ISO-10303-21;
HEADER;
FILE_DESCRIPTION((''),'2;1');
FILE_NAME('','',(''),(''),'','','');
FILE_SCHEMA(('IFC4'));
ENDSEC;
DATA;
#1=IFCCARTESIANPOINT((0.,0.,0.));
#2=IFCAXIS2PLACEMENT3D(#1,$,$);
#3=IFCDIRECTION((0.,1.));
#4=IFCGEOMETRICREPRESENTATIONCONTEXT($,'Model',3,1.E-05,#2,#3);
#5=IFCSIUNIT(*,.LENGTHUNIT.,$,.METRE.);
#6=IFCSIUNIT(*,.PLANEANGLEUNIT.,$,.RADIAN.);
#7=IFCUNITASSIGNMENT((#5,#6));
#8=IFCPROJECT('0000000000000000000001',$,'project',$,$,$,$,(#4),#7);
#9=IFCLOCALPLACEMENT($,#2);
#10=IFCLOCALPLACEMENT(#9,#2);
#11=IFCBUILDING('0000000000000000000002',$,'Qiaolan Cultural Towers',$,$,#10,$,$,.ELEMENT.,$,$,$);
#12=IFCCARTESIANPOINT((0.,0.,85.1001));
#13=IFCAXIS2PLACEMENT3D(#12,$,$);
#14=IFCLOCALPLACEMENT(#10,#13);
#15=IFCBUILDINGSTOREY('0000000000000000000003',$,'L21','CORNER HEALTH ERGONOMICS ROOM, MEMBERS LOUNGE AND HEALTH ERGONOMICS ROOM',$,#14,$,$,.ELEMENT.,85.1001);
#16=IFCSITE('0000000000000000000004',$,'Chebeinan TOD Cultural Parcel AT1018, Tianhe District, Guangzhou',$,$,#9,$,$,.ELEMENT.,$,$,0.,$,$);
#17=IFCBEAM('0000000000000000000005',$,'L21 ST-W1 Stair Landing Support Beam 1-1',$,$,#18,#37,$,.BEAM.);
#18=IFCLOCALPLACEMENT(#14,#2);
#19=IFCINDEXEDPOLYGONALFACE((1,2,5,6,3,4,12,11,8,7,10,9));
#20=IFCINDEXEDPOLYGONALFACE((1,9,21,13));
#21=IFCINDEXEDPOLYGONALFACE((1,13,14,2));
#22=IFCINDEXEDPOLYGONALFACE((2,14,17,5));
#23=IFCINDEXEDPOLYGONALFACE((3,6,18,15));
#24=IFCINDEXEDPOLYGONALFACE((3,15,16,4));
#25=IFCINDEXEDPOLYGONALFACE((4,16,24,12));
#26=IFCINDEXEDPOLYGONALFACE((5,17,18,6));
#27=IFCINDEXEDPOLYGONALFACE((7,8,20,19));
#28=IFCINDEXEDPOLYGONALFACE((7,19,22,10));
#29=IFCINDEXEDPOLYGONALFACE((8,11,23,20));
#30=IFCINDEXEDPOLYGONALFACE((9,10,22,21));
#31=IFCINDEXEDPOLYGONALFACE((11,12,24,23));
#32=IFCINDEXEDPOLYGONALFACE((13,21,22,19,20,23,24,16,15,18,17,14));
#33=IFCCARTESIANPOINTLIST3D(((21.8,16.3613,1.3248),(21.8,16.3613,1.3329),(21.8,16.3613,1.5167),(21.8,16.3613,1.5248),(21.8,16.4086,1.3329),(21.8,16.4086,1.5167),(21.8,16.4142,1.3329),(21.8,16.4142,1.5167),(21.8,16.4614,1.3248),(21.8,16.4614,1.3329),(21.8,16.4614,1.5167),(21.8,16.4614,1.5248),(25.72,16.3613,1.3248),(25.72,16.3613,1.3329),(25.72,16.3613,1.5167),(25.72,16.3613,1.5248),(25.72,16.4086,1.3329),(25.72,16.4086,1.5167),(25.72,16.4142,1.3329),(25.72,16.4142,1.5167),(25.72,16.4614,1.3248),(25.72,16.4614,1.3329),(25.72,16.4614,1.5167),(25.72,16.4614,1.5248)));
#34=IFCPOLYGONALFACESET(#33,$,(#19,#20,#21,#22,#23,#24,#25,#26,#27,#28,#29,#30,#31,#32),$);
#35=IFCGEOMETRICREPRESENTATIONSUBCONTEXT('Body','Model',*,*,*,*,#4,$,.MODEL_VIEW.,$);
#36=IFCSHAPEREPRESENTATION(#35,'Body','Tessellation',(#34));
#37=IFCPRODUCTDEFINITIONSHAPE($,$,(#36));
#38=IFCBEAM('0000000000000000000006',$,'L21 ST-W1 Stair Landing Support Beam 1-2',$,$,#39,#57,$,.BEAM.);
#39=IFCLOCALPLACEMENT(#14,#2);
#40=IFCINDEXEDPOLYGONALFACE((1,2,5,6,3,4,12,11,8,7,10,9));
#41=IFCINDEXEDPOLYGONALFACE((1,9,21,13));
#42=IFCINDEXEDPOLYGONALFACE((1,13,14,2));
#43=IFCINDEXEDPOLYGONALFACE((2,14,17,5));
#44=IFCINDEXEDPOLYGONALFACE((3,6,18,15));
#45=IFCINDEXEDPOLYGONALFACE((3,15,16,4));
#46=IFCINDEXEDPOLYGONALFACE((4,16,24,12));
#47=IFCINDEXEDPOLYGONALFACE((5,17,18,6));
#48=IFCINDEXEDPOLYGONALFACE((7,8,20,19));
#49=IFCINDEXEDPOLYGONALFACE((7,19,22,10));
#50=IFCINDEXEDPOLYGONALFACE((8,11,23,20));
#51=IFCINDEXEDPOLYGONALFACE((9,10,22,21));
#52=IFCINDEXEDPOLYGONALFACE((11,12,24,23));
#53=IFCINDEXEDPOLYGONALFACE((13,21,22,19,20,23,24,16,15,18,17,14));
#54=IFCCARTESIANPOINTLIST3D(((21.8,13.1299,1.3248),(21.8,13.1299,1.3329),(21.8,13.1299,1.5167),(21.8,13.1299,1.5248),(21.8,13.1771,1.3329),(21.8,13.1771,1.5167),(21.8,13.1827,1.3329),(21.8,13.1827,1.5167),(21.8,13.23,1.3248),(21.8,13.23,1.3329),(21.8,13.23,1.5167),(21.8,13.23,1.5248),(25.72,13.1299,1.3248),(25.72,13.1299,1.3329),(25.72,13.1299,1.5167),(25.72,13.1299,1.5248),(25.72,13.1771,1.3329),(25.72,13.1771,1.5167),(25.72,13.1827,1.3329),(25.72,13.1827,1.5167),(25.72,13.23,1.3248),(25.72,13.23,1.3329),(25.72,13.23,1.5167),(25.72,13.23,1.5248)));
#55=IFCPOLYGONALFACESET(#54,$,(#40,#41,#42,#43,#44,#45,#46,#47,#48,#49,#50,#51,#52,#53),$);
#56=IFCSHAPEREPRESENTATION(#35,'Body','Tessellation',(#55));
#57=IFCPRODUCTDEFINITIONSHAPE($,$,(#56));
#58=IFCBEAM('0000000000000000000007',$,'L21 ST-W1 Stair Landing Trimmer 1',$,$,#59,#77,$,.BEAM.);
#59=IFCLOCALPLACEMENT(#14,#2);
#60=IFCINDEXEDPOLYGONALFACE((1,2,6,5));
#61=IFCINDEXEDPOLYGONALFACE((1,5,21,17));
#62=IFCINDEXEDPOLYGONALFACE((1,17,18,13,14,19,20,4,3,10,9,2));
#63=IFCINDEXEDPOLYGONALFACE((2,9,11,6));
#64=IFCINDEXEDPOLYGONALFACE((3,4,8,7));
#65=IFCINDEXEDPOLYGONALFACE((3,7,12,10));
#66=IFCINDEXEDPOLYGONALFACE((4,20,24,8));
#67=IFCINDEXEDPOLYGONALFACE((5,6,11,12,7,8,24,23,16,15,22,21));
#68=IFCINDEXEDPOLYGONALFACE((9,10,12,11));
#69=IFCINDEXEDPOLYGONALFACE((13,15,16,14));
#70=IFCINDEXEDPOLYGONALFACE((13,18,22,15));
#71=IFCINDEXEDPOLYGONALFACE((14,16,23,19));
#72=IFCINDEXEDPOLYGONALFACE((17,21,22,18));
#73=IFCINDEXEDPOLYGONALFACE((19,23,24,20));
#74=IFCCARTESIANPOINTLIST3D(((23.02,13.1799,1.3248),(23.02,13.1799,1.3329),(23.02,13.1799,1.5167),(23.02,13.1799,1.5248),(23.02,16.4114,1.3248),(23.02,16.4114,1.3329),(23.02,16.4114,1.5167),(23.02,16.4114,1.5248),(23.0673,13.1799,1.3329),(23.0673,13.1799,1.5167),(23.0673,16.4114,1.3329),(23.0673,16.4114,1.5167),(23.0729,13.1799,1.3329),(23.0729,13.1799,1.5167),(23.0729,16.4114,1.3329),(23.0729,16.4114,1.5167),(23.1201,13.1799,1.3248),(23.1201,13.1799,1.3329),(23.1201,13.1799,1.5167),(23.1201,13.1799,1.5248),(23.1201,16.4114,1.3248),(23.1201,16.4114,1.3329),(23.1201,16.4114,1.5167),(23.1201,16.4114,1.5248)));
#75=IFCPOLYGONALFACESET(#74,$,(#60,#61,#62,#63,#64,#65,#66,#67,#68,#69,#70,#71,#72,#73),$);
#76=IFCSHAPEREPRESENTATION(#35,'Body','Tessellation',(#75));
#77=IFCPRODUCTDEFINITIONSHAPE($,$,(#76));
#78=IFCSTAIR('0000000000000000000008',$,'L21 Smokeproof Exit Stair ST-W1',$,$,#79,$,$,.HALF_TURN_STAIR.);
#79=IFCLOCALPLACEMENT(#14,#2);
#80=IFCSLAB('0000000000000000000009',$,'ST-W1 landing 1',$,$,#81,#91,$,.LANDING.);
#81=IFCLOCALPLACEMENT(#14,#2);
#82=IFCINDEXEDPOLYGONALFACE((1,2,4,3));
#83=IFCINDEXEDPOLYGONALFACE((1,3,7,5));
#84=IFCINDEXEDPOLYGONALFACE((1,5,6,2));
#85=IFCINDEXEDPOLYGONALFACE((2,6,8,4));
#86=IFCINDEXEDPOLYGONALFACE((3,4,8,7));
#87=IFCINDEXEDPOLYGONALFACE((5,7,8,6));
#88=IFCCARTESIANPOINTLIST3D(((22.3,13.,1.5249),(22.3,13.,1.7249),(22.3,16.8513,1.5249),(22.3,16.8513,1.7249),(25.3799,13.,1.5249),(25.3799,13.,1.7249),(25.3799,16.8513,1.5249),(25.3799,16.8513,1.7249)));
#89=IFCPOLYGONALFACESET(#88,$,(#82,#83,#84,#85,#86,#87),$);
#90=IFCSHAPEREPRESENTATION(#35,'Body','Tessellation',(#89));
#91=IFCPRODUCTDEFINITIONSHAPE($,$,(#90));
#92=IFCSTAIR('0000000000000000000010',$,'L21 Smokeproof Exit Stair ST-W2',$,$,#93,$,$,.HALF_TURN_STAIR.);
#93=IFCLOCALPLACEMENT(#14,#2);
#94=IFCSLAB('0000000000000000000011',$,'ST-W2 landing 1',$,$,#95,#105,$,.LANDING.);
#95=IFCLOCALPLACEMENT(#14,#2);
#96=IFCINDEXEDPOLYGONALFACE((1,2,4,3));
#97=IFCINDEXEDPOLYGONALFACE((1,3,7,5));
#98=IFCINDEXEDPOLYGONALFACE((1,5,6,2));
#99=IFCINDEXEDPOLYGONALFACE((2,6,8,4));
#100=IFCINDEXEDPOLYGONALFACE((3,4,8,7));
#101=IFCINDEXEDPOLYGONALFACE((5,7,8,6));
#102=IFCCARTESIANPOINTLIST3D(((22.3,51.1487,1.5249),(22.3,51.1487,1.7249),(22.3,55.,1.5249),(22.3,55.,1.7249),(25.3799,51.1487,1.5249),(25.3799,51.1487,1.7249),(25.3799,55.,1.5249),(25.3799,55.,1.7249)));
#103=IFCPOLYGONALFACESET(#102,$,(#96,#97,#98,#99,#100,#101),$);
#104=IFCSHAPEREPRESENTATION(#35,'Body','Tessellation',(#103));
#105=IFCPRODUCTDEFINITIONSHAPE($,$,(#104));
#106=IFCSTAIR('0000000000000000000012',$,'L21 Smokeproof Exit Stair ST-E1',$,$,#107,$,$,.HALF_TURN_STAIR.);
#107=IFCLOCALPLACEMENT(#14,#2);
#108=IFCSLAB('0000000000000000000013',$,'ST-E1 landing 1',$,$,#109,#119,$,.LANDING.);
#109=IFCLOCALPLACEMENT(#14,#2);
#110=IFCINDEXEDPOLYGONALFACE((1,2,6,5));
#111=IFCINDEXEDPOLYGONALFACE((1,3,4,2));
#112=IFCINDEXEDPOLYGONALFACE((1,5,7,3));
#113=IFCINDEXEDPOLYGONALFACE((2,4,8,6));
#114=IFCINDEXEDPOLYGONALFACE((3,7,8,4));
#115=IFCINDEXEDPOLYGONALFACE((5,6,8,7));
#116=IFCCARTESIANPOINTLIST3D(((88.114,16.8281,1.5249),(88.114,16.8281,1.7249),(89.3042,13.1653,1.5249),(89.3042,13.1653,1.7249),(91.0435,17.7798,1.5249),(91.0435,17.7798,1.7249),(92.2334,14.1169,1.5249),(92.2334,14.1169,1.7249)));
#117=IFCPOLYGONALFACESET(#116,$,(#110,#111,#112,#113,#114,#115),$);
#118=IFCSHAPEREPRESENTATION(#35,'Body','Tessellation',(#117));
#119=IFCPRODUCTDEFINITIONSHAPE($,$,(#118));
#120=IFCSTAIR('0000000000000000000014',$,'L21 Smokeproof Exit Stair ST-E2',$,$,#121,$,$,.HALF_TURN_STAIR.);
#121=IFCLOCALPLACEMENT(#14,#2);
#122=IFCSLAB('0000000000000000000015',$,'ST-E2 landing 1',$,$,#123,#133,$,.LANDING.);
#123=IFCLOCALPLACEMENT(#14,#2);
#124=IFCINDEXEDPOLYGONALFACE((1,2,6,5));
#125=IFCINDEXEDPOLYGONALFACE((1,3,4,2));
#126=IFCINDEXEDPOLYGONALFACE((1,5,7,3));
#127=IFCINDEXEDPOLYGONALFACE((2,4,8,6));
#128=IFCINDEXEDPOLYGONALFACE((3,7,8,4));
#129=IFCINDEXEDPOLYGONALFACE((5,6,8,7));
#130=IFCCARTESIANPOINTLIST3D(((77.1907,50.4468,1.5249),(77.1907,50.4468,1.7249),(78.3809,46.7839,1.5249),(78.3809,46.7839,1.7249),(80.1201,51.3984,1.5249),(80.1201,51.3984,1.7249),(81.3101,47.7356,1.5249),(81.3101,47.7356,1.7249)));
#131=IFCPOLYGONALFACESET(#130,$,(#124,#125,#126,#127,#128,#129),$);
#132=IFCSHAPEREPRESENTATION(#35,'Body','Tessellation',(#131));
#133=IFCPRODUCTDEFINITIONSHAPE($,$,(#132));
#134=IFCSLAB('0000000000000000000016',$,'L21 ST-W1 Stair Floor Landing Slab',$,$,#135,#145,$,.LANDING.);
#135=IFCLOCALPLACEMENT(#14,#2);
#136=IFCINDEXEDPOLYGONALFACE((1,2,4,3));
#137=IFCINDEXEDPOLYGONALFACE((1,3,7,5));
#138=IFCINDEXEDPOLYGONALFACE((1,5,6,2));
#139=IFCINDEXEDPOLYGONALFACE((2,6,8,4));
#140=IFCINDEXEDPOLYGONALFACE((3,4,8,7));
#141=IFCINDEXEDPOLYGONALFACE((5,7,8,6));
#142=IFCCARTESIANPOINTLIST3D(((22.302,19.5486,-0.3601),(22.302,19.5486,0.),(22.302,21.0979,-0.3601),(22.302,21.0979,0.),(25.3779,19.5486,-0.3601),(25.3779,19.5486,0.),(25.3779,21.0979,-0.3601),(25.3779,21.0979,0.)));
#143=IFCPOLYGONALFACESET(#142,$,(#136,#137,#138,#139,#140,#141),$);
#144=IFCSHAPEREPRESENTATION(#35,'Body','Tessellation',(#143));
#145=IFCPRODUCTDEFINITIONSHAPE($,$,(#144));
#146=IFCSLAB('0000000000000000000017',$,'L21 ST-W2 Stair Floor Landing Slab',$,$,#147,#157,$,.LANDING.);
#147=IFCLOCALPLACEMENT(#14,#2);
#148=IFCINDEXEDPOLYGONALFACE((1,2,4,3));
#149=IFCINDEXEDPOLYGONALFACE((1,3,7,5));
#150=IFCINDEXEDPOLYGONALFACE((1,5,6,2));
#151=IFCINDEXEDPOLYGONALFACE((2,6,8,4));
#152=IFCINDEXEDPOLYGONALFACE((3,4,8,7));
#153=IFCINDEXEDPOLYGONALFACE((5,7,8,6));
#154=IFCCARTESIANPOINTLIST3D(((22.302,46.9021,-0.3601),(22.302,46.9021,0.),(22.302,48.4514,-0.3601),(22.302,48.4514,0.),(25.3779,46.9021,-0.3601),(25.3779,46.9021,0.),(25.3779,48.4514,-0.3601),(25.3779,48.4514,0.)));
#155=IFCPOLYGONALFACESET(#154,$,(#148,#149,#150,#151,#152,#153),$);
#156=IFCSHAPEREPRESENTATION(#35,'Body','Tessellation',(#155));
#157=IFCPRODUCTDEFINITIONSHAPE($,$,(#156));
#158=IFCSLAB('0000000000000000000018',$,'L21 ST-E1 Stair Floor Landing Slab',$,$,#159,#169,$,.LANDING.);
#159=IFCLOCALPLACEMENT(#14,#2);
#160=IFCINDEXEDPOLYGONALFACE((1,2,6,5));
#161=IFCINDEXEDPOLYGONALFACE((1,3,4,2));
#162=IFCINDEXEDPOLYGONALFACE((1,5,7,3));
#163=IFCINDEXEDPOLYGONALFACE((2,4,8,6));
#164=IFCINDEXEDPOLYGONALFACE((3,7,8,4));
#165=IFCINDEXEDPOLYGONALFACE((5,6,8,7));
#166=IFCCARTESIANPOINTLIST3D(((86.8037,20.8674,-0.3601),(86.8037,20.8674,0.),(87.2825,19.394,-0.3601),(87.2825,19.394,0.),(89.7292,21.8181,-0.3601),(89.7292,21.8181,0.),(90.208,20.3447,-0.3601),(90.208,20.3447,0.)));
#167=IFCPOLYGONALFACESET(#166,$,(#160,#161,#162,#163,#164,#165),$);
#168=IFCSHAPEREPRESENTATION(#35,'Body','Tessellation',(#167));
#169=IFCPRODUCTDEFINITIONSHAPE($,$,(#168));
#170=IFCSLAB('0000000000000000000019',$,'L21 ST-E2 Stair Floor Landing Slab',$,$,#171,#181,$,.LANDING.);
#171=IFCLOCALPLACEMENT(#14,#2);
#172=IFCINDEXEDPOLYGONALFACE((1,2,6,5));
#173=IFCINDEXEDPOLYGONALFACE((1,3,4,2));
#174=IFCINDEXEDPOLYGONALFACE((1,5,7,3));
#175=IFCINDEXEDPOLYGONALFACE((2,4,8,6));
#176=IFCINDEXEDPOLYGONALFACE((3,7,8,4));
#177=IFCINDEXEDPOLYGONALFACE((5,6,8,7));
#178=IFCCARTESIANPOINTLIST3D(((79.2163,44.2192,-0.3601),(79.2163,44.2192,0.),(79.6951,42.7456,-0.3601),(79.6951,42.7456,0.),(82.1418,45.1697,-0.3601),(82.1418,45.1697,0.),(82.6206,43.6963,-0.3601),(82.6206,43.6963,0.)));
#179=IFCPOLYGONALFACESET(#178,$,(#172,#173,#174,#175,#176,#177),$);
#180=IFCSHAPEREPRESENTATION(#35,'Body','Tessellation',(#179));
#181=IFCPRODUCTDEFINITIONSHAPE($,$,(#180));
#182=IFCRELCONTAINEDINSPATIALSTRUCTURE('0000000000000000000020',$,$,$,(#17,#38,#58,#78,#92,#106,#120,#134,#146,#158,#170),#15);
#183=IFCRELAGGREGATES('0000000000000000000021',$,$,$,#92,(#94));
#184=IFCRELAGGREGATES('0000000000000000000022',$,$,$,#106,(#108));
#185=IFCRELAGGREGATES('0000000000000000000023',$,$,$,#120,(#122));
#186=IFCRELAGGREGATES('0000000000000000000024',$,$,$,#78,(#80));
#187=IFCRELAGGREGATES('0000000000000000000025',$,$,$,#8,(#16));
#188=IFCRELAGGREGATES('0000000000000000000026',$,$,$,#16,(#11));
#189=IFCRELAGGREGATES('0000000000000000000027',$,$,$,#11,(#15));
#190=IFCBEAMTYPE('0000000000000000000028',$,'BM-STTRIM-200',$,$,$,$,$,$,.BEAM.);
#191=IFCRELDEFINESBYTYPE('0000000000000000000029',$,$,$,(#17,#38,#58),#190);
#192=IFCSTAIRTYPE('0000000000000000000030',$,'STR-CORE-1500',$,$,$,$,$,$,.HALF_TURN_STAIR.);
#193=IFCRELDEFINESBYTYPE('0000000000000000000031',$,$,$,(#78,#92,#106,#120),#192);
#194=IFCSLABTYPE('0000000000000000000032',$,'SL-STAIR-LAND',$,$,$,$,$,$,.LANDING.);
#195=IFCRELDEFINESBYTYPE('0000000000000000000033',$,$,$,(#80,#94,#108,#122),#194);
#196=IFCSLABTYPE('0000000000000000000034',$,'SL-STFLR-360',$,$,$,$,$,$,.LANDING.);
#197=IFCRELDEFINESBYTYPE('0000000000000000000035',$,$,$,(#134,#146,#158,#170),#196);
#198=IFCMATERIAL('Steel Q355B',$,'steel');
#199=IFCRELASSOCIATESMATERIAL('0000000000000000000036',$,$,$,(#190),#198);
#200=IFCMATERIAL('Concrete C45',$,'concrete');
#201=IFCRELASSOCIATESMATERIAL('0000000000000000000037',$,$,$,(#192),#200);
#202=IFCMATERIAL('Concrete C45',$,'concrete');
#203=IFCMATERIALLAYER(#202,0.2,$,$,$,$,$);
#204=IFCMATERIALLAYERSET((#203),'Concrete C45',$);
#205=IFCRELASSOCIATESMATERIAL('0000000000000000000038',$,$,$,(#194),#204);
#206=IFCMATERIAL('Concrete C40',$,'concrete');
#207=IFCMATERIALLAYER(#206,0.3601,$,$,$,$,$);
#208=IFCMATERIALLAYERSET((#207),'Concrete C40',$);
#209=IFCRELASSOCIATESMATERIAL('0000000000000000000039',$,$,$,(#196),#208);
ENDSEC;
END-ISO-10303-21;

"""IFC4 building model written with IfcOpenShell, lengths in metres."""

from ifc_helpers import new_model, si_unit, direction, frame, origin, origin_2d, place, context, subcontext, project, spatial, polyline, i_section, outline, extrude, material, layer, layer_set, material_profile, profile_set, type_object, element, aggregate, save


model = new_model("IFC4")

# Units and contexts
model_context = context("Model", 3, precision=1e-05, world=origin(), true_north=direction((0.0, 1.0)))
body_context = subcontext(model_context, "Body", "Model", "MODEL_VIEW")
ifc_project = project(units=[si_unit("LENGTHUNIT", "METRE"), si_unit("PLANEANGLEUNIT", "RADIAN")], contexts=[model_context])

# Site, building, storey
site_placement = place(None, origin())
site = spatial("IfcSite", under=ifc_project, at=site_placement, Name="Chebeinan TOD Cultural Parcel AT1018, Tianhe District, Guangzhou", CompositionType="ELEMENT", RefElevation=0.0)
building_placement = place(site_placement, origin())
building = spatial("IfcBuilding", under=site, at=building_placement, Name="Qiaolan Cultural Towers", CompositionType="ELEMENT")
storey_placement = place(building_placement, frame((0.0, 0.0, 85.1001)))
storey = spatial("IfcBuildingStorey", under=building, at=storey_placement, Name="L21", Description="CORNER HEALTH ERGONOMICS ROOM, MEMBERS LOUNGE AND HEALTH ERGONOMICS ROOM", CompositionType="ELEMENT", Elevation=85.1001)

# Beams
ifc_material_1 = material(Name="Steel Q355B", Category="steel")
ifc_material_profile_1 = material_profile(ifc_material_1, i_section(OverallWidth=0.1001, OverallDepth=0.2, WebThickness=0.0056, FlangeThickness=0.0081, at=origin_2d()), Name="HN200x100x5.5x8")
ifc_profile_set_1 = profile_set([ifc_material_profile_1], Name="Steel Q355B")
beam_type_1 = type_object("IfcBeamType", Name="BM-STTRIM-200", PredefinedType="BEAM", material=ifc_profile_set_1)
for number, where, z_axis, x_axis, name in (
    (1, (21.8, 16.4114, 1.4248), (1.0, 0.0, 0.0), (0.0, 1.0, 0.0), "L21 ST-W1 Stair Landing Support Beam 1-1"),
    (2, (21.8, 13.1799, 1.4248), (1.0, 0.0, 0.0), (0.0, 1.0, 0.0), "L21 ST-W1 Stair Landing Support Beam 1-2"),
):
    element("IfcBeam", number, at=place(storey_placement, frame(where, z_axis=z_axis, x_axis=x_axis)), inside=storey, type_object=beam_type_1, Name=name, PredefinedType="BEAM", context=body_context, shape_type="SweptSolid", body=[
        extrude(i_section(OverallWidth=0.1001, OverallDepth=0.2, WebThickness=0.0056, FlangeThickness=0.0081, at=origin_2d()), origin(), (0.0, 0.0, 1.0), 3.9199),
    ])
beam_1_placement = place(storey_placement, frame((23.0701, 16.4114, 1.4248), z_axis=(0.0, -1.0, 0.0), x_axis=(1.0, 0.0, 0.0)))
element("IfcBeam", 3, at=beam_1_placement, inside=storey, type_object=beam_type_1, Name="L21 ST-W1 Stair Landing Trimmer 1", PredefinedType="BEAM", context=body_context, shape_type="SweptSolid", body=[
    extrude(i_section(OverallWidth=0.1001, OverallDepth=0.2, WebThickness=0.0056, FlangeThickness=0.0081, at=origin_2d()), origin(), (0.0, 0.0, 1.0), 3.2314),
])

# Stairs, slabs
ifc_material_2 = material(Name="Concrete C45", Category="concrete")
stair_type = type_object("IfcStairType", Name="STR-CORE-1500", PredefinedType="HALF_TURN_STAIR", material=ifc_material_2)
stair_1_placement = place(storey_placement, origin())
stair_1 = element("IfcStair", 4, at=stair_1_placement, inside=storey, type_object=stair_type, Name="L21 Smokeproof Exit Stair ST-W1", PredefinedType="HALF_TURN_STAIR")
ifc_material_3 = material(Name="Concrete C45", Category="concrete")
ifc_layer_1 = layer(ifc_material_3, 0.2)
ifc_layer_set_1 = layer_set([ifc_layer_1], Name="Concrete C45")
slab_type_1 = type_object("IfcSlabType", Name="SL-STAIR-LAND", PredefinedType="LANDING", material=ifc_layer_set_1)
slab_1_placement = place(storey_placement, frame((0.0, 0.0, 1.5249)))
slab_1 = element("IfcSlab", 5, at=slab_1_placement, type_object=slab_type_1, Name="ST-W1 landing 1", PredefinedType="LANDING", context=body_context, shape_type="SweptSolid", body=[
    extrude(outline(polyline([(22.3, 16.8513), (22.3, 13.0), (25.3799, 13.0), (25.3799, 16.8513), (22.3, 16.8513)])), origin(), (0.0, 0.0, 1.0), 0.2),
])
stair_2_placement = place(storey_placement, origin())
stair_2 = element("IfcStair", 6, at=stair_2_placement, inside=storey, type_object=stair_type, Name="L21 Smokeproof Exit Stair ST-W2", PredefinedType="HALF_TURN_STAIR")
slab_2_placement = place(storey_placement, frame((0.0, 0.0, 1.5249)))
slab_2 = element("IfcSlab", 7, at=slab_2_placement, type_object=slab_type_1, Name="ST-W2 landing 1", PredefinedType="LANDING", context=body_context, shape_type="SweptSolid", body=[
    extrude(outline(polyline([(25.3799, 51.1487), (25.3799, 55.0), (22.3, 55.0), (22.3, 51.1487), (25.3799, 51.1487)])), origin(), (0.0, 0.0, 1.0), 0.2),
])
aggregate(stair_2, [slab_2])
stair_3_placement = place(storey_placement, origin())
stair_3 = element("IfcStair", 8, at=stair_3_placement, inside=storey, type_object=stair_type, Name="L21 Smokeproof Exit Stair ST-E1", PredefinedType="HALF_TURN_STAIR")
slab_3_placement = place(storey_placement, frame((0.0, 0.0, 1.5249)))
slab_3 = element("IfcSlab", 9, at=slab_3_placement, type_object=slab_type_1, Name="ST-E1 landing 1", PredefinedType="LANDING", context=body_context, shape_type="SweptSolid", body=[
    extrude(outline(polyline([(88.114, 16.8281), (89.3042, 13.1653), (92.2334, 14.1169), (91.0435, 17.7798), (88.114, 16.8281)])), origin(), (0.0, 0.0, 1.0), 0.2),
])
aggregate(stair_3, [slab_3])
stair_4_placement = place(storey_placement, origin())
stair_4 = element("IfcStair", 10, at=stair_4_placement, inside=storey, type_object=stair_type, Name="L21 Smokeproof Exit Stair ST-E2", PredefinedType="HALF_TURN_STAIR")
slab_4_placement = place(storey_placement, frame((0.0, 0.0, 1.5249)))
slab_4 = element("IfcSlab", 11, at=slab_4_placement, type_object=slab_type_1, Name="ST-E2 landing 1", PredefinedType="LANDING", context=body_context, shape_type="SweptSolid", body=[
    extrude(outline(polyline([(81.3101, 47.7356), (80.1201, 51.3984), (77.1907, 50.4468), (78.3809, 46.7839), (81.3101, 47.7356)])), origin(), (0.0, 0.0, 1.0), 0.2),
])
aggregate(stair_4, [slab_4])

# Slabs
ifc_material_4 = material(Name="Concrete C40", Category="concrete")
ifc_layer_2 = layer(ifc_material_4, 0.3601)
ifc_layer_set_2 = layer_set([ifc_layer_2], Name="Concrete C40")
slab_type_2 = type_object("IfcSlabType", Name="SL-STFLR-360", PredefinedType="LANDING", material=ifc_layer_set_2)
slab_5_placement = place(storey_placement, frame((0.0, 0.0, -0.3601)))
element("IfcSlab", 12, at=slab_5_placement, inside=storey, type_object=slab_type_2, Name="L21 ST-W1 Stair Floor Landing Slab", PredefinedType="LANDING", context=body_context, shape_type="SweptSolid", body=[
    extrude(outline(polyline([(22.302, 21.0979), (22.302, 19.5486), (25.3779, 19.5486), (25.3779, 21.0979), (22.302, 21.0979)])), origin(), (0.0, 0.0, 1.0), 0.3601),
])
slab_6_placement = place(storey_placement, frame((0.0, 0.0, -0.3601)))
element("IfcSlab", 13, at=slab_6_placement, inside=storey, type_object=slab_type_2, Name="L21 ST-W2 Stair Floor Landing Slab", PredefinedType="LANDING", context=body_context, shape_type="SweptSolid", body=[
    extrude(outline(polyline([(25.3779, 46.9021), (25.3779, 48.4514), (22.302, 48.4514), (22.302, 46.9021), (25.3779, 46.9021)])), origin(), (0.0, 0.0, 1.0), 0.3601),
])
slab_7_placement = place(storey_placement, frame((0.0, 0.0, -0.3601)))
element("IfcSlab", 14, at=slab_7_placement, inside=storey, type_object=slab_type_2, Name="L21 ST-E1 Stair Floor Landing Slab", PredefinedType="LANDING", context=body_context, shape_type="SweptSolid", body=[
    extrude(outline(polyline([(86.8037, 20.8674), (87.2825, 19.394), (90.208, 20.3447), (89.7292, 21.8181), (86.8037, 20.8674)])), origin(), (0.0, 0.0, 1.0), 0.3601),
])
slab_8_placement = place(storey_placement, frame((0.0, 0.0, -0.3601)))
element("IfcSlab", 15, at=slab_8_placement, inside=storey, type_object=slab_type_2, Name="L21 ST-E2 Stair Floor Landing Slab", PredefinedType="LANDING", context=body_context, shape_type="SweptSolid", body=[
    extrude(outline(polyline([(82.6206, 43.6963), (82.1418, 45.1697), (79.2163, 44.2192), (79.6951, 42.7456), (82.6206, 43.6963)])), origin(), (0.0, 0.0, 1.0), 0.3601),
])

aggregate(stair_1, [slab_1])

save(model, "model.ifc")
